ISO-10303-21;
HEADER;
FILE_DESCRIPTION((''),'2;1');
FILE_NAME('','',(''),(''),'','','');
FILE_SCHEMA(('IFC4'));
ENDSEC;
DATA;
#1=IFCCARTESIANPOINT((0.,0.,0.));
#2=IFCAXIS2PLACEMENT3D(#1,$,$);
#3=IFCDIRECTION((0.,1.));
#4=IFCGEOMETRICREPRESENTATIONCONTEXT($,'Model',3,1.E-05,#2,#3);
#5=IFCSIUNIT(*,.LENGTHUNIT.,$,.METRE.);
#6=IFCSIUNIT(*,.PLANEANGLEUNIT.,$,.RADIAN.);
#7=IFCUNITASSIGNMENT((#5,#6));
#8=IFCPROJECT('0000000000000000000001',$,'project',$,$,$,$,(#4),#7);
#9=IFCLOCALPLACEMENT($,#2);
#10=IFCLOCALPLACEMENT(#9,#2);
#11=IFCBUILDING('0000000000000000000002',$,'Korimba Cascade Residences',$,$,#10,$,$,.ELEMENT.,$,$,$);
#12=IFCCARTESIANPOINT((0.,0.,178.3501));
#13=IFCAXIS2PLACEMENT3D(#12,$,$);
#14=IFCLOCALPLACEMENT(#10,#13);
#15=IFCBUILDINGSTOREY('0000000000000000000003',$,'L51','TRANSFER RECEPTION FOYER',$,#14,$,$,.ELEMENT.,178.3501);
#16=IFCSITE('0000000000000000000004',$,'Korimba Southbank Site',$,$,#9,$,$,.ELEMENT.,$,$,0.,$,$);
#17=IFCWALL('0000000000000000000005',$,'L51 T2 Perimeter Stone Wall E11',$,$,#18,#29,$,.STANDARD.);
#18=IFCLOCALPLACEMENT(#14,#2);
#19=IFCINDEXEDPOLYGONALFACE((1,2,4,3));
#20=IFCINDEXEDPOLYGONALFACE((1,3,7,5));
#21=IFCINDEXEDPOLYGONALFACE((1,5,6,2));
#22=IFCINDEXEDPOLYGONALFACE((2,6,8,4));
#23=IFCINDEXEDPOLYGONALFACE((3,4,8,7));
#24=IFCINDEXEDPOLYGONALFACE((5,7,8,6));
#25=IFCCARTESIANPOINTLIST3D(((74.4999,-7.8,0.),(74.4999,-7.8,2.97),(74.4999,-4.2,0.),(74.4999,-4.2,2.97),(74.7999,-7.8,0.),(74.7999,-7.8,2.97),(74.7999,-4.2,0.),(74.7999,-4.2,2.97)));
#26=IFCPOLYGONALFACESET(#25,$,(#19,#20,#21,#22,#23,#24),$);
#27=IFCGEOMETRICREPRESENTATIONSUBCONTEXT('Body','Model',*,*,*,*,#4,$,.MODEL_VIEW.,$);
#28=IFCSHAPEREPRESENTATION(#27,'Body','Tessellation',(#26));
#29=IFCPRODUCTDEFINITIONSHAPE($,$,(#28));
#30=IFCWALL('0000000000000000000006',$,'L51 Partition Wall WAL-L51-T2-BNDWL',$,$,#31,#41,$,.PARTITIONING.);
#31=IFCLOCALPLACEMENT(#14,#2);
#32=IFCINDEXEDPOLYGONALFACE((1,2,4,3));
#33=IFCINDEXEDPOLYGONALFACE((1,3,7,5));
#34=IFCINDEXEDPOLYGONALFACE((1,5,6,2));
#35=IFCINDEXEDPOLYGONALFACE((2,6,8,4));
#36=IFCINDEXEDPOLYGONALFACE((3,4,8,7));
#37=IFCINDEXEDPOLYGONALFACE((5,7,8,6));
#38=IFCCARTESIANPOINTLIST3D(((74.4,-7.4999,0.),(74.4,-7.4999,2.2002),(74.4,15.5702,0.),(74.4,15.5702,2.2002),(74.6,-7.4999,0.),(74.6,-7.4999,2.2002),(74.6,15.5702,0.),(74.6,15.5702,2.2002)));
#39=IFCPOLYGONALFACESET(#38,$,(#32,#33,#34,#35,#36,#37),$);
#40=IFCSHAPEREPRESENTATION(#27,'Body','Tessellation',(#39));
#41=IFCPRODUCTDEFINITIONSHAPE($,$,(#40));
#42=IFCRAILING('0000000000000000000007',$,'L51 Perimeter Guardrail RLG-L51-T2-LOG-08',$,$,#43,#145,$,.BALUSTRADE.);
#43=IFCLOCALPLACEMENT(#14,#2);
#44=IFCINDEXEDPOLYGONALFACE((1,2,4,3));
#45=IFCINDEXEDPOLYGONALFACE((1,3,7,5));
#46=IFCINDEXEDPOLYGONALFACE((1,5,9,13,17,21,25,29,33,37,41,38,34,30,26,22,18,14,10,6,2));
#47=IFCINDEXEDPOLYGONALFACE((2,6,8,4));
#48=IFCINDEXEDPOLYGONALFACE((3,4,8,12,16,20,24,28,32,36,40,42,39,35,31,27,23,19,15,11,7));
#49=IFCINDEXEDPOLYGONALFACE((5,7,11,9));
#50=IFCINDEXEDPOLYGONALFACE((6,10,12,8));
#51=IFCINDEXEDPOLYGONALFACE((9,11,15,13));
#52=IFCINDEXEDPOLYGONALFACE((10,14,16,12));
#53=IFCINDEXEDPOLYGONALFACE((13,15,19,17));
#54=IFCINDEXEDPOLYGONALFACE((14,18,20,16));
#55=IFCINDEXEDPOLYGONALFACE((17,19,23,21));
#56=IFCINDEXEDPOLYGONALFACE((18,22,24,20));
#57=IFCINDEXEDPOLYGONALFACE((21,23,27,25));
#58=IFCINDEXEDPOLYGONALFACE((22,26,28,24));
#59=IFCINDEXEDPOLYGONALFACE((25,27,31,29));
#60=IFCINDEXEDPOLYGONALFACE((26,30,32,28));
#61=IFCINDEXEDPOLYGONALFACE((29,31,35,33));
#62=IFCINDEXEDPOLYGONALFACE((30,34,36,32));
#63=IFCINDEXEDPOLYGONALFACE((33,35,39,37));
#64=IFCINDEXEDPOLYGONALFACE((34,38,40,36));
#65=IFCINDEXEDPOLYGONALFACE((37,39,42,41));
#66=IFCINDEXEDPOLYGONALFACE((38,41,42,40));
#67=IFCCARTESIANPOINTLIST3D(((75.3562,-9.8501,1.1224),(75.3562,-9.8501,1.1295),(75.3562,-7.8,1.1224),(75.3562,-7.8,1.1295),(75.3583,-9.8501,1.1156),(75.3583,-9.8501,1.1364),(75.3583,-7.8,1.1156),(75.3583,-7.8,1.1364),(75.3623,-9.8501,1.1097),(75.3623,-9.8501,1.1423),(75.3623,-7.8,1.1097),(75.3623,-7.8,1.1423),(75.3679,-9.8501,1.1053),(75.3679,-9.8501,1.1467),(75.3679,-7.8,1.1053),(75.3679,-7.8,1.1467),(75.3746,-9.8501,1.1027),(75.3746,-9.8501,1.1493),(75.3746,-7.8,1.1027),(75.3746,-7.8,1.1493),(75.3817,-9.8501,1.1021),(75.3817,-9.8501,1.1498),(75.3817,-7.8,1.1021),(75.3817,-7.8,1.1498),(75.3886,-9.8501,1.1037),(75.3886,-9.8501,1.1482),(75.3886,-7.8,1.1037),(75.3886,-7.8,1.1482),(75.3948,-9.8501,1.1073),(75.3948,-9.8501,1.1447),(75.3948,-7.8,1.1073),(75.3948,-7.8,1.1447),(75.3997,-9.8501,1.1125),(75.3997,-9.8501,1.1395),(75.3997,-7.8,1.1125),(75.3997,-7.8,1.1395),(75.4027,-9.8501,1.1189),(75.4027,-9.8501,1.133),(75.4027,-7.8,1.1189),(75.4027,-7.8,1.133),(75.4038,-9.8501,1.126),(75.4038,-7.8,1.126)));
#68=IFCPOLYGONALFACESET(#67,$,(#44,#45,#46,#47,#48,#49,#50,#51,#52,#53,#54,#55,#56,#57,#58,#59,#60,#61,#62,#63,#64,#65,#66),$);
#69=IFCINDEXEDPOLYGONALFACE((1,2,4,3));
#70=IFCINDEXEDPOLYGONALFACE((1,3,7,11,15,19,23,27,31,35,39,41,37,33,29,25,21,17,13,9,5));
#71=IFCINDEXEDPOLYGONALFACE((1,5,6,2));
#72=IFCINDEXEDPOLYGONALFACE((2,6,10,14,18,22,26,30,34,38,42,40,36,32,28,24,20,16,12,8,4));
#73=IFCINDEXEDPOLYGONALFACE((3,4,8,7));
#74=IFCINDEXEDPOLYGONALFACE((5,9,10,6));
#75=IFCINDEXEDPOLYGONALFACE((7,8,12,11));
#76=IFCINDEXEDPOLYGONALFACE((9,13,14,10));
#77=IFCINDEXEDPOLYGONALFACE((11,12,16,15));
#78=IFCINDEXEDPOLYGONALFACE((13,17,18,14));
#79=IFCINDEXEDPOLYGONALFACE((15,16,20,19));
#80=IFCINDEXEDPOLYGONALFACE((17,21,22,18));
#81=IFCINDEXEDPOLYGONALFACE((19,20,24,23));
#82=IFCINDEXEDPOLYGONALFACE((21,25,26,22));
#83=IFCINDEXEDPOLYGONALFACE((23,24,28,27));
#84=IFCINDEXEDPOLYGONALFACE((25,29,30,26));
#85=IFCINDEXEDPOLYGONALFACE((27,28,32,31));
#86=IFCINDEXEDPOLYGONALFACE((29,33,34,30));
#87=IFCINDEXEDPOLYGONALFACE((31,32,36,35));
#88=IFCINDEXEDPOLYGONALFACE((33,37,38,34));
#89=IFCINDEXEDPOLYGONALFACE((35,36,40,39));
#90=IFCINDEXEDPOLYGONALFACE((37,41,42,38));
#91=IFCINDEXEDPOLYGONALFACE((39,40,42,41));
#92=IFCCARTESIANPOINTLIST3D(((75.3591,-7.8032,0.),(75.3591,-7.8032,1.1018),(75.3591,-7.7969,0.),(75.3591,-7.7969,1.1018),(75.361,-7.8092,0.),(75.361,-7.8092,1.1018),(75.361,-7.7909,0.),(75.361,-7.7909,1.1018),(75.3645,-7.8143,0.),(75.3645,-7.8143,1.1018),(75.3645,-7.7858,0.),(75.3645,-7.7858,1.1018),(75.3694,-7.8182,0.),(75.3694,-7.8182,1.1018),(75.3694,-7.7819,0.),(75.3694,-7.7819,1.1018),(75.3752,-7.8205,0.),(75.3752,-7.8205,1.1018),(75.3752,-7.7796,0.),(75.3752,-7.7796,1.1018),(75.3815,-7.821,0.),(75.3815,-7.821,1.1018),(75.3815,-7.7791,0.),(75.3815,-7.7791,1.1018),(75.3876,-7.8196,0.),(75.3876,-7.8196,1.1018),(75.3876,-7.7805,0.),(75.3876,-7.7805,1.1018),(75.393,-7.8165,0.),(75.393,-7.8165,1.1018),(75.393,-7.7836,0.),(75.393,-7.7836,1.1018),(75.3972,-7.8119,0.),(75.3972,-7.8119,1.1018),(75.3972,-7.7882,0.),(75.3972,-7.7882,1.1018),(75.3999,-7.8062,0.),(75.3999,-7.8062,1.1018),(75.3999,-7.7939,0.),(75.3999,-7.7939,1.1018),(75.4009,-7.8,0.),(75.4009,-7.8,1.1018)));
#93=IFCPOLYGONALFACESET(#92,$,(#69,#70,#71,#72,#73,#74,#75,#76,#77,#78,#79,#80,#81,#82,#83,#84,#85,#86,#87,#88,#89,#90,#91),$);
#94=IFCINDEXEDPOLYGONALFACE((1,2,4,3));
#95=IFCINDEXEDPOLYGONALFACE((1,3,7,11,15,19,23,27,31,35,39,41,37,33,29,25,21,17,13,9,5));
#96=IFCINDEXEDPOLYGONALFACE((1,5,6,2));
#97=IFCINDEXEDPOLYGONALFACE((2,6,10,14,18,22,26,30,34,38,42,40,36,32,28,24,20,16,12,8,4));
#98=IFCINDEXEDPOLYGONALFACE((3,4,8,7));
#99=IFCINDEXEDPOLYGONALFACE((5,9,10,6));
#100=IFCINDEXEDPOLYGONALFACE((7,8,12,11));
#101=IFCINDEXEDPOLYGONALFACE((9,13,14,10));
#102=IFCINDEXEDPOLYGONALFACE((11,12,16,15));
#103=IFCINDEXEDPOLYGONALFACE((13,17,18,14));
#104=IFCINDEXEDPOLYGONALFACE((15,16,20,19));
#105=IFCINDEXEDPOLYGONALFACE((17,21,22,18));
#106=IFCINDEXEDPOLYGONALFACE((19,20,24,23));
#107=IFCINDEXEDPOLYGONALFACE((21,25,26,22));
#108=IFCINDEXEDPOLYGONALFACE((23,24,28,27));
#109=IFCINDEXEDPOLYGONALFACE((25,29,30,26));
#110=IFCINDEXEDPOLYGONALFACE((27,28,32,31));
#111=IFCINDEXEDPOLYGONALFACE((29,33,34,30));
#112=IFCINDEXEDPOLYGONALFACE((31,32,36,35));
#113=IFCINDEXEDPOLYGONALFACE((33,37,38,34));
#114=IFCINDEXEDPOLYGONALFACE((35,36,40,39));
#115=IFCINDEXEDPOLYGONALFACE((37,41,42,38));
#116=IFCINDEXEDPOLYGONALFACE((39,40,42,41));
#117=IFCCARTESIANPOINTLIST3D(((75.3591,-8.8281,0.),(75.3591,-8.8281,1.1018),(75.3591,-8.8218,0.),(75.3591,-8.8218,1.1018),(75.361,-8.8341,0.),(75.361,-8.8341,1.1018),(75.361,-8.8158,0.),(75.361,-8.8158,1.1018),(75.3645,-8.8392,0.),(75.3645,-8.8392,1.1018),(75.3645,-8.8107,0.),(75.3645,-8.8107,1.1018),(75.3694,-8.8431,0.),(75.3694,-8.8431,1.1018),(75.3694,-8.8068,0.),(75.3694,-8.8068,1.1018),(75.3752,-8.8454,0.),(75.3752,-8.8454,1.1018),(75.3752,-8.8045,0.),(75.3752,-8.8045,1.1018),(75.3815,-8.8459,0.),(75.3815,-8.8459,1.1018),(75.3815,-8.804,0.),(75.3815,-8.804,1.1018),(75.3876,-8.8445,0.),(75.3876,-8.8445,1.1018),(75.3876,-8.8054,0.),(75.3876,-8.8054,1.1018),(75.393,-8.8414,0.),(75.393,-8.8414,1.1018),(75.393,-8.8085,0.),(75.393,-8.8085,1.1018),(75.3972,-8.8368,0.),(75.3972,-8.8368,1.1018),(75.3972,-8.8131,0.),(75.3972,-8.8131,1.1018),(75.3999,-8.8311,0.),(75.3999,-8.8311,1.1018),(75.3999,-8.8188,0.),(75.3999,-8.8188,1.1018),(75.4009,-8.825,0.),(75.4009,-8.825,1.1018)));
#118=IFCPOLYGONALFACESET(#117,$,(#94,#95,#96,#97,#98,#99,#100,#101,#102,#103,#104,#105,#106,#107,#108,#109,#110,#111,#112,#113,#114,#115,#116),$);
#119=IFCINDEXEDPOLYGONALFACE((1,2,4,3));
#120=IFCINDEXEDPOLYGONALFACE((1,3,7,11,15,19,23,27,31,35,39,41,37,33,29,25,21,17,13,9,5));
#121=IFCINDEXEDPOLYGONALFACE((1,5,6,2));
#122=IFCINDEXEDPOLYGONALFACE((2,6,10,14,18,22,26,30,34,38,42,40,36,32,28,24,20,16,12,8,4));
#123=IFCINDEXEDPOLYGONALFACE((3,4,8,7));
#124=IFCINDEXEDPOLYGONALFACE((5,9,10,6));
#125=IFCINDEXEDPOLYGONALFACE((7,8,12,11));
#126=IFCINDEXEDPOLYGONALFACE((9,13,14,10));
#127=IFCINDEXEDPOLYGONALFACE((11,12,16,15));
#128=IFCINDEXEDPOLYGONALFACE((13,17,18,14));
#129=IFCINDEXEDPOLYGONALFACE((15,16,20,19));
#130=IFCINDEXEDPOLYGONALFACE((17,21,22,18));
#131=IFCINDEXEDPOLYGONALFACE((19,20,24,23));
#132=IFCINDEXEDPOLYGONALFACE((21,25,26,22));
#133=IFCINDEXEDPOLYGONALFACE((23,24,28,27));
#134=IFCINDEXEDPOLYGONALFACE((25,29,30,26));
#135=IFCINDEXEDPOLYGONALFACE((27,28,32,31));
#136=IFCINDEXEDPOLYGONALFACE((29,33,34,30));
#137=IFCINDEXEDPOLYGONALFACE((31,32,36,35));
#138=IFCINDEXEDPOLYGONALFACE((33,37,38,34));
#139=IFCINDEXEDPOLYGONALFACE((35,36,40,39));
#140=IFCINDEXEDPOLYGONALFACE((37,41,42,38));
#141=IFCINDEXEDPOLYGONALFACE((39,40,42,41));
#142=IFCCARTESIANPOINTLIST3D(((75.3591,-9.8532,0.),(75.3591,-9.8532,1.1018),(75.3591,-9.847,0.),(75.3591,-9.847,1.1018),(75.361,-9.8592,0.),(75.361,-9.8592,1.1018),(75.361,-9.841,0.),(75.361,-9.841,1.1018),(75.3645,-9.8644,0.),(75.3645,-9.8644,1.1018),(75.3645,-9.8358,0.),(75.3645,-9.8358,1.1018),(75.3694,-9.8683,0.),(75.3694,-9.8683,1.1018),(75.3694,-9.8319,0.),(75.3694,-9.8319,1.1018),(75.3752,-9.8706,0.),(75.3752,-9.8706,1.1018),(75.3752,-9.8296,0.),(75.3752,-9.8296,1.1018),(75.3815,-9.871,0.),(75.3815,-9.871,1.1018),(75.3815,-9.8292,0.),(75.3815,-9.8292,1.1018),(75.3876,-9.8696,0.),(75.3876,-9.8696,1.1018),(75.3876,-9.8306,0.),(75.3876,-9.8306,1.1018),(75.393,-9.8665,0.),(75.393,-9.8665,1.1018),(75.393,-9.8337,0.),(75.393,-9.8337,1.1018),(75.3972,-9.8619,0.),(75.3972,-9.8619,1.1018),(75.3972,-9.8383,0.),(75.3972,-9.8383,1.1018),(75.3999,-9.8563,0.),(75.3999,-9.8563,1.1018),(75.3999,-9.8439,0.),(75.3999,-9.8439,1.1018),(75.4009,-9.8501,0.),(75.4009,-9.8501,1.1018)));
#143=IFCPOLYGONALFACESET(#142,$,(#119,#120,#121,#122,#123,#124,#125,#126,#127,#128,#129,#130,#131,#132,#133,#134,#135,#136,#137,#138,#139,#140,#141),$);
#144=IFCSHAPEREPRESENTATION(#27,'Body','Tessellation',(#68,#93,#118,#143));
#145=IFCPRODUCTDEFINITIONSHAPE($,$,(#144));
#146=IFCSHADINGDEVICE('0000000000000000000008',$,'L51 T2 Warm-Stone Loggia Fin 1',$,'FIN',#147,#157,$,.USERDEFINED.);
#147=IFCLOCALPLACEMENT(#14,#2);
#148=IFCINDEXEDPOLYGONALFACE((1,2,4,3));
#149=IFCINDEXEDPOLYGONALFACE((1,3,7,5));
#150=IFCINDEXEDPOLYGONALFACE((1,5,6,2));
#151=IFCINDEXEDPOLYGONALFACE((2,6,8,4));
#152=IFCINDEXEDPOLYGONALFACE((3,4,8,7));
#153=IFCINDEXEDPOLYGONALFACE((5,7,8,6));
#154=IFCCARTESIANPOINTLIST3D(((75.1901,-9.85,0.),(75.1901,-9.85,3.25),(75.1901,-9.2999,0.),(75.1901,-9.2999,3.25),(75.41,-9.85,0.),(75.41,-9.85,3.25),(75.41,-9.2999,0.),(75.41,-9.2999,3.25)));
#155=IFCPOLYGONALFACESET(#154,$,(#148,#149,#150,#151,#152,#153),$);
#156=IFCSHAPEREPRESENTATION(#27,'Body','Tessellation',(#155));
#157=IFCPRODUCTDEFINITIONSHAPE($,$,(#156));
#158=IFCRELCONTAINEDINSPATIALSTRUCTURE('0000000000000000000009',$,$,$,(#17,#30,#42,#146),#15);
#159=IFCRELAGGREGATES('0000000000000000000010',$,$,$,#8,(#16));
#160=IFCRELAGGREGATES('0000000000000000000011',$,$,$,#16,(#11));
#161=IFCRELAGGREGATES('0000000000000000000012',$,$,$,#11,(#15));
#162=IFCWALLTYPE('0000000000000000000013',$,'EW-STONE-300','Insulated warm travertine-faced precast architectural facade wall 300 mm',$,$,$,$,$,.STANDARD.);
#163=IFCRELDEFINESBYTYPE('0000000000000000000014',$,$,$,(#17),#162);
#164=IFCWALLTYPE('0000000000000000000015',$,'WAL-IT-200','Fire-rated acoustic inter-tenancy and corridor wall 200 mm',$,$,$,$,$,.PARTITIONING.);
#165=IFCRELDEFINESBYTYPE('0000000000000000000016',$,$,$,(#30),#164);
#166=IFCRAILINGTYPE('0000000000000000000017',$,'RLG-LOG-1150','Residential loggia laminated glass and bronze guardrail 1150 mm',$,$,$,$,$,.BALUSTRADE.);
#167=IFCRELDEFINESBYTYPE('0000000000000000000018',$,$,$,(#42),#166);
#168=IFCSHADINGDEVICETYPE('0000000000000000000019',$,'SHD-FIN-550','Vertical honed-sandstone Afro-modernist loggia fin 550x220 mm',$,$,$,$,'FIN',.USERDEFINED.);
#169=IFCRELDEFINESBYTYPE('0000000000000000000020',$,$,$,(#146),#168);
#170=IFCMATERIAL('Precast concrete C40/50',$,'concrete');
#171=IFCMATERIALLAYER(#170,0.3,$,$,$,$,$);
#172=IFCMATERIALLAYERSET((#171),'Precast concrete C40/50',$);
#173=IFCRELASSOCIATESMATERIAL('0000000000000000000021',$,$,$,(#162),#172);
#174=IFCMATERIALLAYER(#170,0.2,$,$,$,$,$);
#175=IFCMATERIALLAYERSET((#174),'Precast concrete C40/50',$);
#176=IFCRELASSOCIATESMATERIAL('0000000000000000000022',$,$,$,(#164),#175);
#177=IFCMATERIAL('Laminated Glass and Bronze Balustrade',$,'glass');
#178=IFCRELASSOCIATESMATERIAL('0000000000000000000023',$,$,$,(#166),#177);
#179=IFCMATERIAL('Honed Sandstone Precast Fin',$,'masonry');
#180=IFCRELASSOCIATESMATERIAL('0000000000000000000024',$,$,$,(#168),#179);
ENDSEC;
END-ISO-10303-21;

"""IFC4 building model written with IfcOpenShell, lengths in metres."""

from ifc_helpers import new_model, si_unit, direction, frame, frame_2d, origin, origin_2d, place, context, subcontext, project, spatial, rectangle, circle, extrude, material, layer, layer_set, type_object, element, save


model = new_model("IFC4")

# Units and contexts
model_context = context("Model", 3, precision=1e-05, world=origin(), true_north=direction((0.0, 1.0)))
body_context = subcontext(model_context, "Body", "Model", "MODEL_VIEW")
ifc_project = project(units=[si_unit("LENGTHUNIT", "METRE"), si_unit("PLANEANGLEUNIT", "RADIAN")], contexts=[model_context])

# Site, building, storey
site_placement = place(None, origin())
site = spatial("IfcSite", under=ifc_project, at=site_placement, Name="Korimba Southbank Site", CompositionType="ELEMENT", RefElevation=0.0)
building_placement = place(site_placement, origin())
building = spatial("IfcBuilding", under=site, at=building_placement, Name="Korimba Cascade Residences", CompositionType="ELEMENT")
storey_placement = place(building_placement, frame((0.0, 0.0, 178.3501)))
storey = spatial("IfcBuildingStorey", under=building, at=storey_placement, Name="L51", Description="TRANSFER RECEPTION FOYER", CompositionType="ELEMENT", Elevation=178.3501)

# Shared definitions
ifc_material_1 = material(Name="Precast concrete C40/50", Category="concrete")

# Walls
ifc_layer_1 = layer(ifc_material_1, 0.3)
ifc_layer_set_1 = layer_set([ifc_layer_1], Name="Precast concrete C40/50")
wall_type_1 = type_object("IfcWallType", Name="EW-STONE-300", Description="Insulated warm travertine-faced precast architectural facade wall 300 mm", PredefinedType="STANDARD", material=ifc_layer_set_1)
wall_1_placement = place(storey_placement, frame((74.6499, -4.2, 0.0), z_axis=(0.0, 0.0, 1.0), x_axis=(0.0, -1.0, 0.0)))
element("IfcWall", 1, at=wall_1_placement, inside=storey, type_object=wall_type_1, Name="L51 T2 Perimeter Stone Wall E11", PredefinedType="STANDARD", context=body_context, shape_type="SweptSolid", body=[
    extrude(rectangle(XDim=3.6001, YDim=0.3, at=frame_2d((1.8, 0.0))), origin(), (0.0, 0.0, 1.0), 2.97),
])
ifc_layer_2 = layer(ifc_material_1, 0.2)
ifc_layer_set_2 = layer_set([ifc_layer_2], Name="Precast concrete C40/50")
wall_type_2 = type_object("IfcWallType", Name="WAL-IT-200", Description="Fire-rated acoustic inter-tenancy and corridor wall 200 mm", PredefinedType="PARTITIONING", material=ifc_layer_set_2)
wall_2_placement = place(storey_placement, frame((74.5, -7.5, 0.0), z_axis=(0.0, 0.0, 1.0), x_axis=(0.0, 1.0, 0.0)))
element("IfcWall", 2, at=wall_2_placement, inside=storey, type_object=wall_type_2, Name="L51 Partition Wall WAL-L51-T2-BNDWL", PredefinedType="PARTITIONING", context=body_context, shape_type="SweptSolid", body=[
    extrude(rectangle(XDim=23.0701, YDim=0.2, at=frame_2d((11.5352, 0.0))), origin(), (0.0, 0.0, 1.0), 2.2002),
])

# Railing
ifc_material_2 = material(Name="Laminated Glass and Bronze Balustrade", Category="glass")
railing_type = type_object("IfcRailingType", Name="RLG-LOG-1150", Description="Residential loggia laminated glass and bronze guardrail 1150 mm", PredefinedType="BALUSTRADE", material=ifc_material_2)
railing_1_placement = place(storey_placement, frame((75.3799, -7.8, 0.0)))
element("IfcRailing", 3, at=railing_1_placement, inside=storey, type_object=railing_type, Name="L51 Perimeter Guardrail RLG-L51-T2-LOG-08", PredefinedType="BALUSTRADE", context=body_context, shape_type="SweptSolid", body=[
    extrude(circle(Radius=0.0239, at=origin_2d()), frame((0.0, 0.0, 1.126), z_axis=(0.0, -1.0, 0.0), x_axis=(1.0, 0.0, 0.0)), (0.0, 0.0, 1.0), 2.05),
    extrude(circle(Radius=0.021, at=origin_2d()), origin(), (0.0, 0.0, 1.0), 1.1018),
    extrude(circle(Radius=0.021, at=origin_2d()), frame((0.0, -1.0249, 0.0)), (0.0, 0.0, 1.0), 1.1018),
    extrude(circle(Radius=0.021, at=origin_2d()), frame((0.0, -2.05, 0.0)), (0.0, 0.0, 1.0), 1.1018),
])

# Shading device
ifc_material_3 = material(Name="Honed Sandstone Precast Fin", Category="masonry")
shading_device_type = type_object("IfcShadingDeviceType", Name="SHD-FIN-550", Description="Vertical honed-sandstone Afro-modernist loggia fin 550x220 mm", ElementType="FIN", PredefinedType="USERDEFINED", material=ifc_material_3)
shading_device_placement = place(storey_placement, frame((75.3, -9.575, 0.0), z_axis=(0.0, 0.0, 1.0), x_axis=(1.0, 0.0, 0.0)))
element("IfcShadingDevice", 4, at=shading_device_placement, inside=storey, type_object=shading_device_type, Name="L51 T2 Warm-Stone Loggia Fin 1", ObjectType="FIN", PredefinedType="USERDEFINED", context=body_context, shape_type="SweptSolid", body=[
    extrude(rectangle(XDim=0.22, YDim=0.55, at=origin_2d()), origin(), (0.0, 0.0, 1.0), 3.25),
])

save(model, "model.ifc")
